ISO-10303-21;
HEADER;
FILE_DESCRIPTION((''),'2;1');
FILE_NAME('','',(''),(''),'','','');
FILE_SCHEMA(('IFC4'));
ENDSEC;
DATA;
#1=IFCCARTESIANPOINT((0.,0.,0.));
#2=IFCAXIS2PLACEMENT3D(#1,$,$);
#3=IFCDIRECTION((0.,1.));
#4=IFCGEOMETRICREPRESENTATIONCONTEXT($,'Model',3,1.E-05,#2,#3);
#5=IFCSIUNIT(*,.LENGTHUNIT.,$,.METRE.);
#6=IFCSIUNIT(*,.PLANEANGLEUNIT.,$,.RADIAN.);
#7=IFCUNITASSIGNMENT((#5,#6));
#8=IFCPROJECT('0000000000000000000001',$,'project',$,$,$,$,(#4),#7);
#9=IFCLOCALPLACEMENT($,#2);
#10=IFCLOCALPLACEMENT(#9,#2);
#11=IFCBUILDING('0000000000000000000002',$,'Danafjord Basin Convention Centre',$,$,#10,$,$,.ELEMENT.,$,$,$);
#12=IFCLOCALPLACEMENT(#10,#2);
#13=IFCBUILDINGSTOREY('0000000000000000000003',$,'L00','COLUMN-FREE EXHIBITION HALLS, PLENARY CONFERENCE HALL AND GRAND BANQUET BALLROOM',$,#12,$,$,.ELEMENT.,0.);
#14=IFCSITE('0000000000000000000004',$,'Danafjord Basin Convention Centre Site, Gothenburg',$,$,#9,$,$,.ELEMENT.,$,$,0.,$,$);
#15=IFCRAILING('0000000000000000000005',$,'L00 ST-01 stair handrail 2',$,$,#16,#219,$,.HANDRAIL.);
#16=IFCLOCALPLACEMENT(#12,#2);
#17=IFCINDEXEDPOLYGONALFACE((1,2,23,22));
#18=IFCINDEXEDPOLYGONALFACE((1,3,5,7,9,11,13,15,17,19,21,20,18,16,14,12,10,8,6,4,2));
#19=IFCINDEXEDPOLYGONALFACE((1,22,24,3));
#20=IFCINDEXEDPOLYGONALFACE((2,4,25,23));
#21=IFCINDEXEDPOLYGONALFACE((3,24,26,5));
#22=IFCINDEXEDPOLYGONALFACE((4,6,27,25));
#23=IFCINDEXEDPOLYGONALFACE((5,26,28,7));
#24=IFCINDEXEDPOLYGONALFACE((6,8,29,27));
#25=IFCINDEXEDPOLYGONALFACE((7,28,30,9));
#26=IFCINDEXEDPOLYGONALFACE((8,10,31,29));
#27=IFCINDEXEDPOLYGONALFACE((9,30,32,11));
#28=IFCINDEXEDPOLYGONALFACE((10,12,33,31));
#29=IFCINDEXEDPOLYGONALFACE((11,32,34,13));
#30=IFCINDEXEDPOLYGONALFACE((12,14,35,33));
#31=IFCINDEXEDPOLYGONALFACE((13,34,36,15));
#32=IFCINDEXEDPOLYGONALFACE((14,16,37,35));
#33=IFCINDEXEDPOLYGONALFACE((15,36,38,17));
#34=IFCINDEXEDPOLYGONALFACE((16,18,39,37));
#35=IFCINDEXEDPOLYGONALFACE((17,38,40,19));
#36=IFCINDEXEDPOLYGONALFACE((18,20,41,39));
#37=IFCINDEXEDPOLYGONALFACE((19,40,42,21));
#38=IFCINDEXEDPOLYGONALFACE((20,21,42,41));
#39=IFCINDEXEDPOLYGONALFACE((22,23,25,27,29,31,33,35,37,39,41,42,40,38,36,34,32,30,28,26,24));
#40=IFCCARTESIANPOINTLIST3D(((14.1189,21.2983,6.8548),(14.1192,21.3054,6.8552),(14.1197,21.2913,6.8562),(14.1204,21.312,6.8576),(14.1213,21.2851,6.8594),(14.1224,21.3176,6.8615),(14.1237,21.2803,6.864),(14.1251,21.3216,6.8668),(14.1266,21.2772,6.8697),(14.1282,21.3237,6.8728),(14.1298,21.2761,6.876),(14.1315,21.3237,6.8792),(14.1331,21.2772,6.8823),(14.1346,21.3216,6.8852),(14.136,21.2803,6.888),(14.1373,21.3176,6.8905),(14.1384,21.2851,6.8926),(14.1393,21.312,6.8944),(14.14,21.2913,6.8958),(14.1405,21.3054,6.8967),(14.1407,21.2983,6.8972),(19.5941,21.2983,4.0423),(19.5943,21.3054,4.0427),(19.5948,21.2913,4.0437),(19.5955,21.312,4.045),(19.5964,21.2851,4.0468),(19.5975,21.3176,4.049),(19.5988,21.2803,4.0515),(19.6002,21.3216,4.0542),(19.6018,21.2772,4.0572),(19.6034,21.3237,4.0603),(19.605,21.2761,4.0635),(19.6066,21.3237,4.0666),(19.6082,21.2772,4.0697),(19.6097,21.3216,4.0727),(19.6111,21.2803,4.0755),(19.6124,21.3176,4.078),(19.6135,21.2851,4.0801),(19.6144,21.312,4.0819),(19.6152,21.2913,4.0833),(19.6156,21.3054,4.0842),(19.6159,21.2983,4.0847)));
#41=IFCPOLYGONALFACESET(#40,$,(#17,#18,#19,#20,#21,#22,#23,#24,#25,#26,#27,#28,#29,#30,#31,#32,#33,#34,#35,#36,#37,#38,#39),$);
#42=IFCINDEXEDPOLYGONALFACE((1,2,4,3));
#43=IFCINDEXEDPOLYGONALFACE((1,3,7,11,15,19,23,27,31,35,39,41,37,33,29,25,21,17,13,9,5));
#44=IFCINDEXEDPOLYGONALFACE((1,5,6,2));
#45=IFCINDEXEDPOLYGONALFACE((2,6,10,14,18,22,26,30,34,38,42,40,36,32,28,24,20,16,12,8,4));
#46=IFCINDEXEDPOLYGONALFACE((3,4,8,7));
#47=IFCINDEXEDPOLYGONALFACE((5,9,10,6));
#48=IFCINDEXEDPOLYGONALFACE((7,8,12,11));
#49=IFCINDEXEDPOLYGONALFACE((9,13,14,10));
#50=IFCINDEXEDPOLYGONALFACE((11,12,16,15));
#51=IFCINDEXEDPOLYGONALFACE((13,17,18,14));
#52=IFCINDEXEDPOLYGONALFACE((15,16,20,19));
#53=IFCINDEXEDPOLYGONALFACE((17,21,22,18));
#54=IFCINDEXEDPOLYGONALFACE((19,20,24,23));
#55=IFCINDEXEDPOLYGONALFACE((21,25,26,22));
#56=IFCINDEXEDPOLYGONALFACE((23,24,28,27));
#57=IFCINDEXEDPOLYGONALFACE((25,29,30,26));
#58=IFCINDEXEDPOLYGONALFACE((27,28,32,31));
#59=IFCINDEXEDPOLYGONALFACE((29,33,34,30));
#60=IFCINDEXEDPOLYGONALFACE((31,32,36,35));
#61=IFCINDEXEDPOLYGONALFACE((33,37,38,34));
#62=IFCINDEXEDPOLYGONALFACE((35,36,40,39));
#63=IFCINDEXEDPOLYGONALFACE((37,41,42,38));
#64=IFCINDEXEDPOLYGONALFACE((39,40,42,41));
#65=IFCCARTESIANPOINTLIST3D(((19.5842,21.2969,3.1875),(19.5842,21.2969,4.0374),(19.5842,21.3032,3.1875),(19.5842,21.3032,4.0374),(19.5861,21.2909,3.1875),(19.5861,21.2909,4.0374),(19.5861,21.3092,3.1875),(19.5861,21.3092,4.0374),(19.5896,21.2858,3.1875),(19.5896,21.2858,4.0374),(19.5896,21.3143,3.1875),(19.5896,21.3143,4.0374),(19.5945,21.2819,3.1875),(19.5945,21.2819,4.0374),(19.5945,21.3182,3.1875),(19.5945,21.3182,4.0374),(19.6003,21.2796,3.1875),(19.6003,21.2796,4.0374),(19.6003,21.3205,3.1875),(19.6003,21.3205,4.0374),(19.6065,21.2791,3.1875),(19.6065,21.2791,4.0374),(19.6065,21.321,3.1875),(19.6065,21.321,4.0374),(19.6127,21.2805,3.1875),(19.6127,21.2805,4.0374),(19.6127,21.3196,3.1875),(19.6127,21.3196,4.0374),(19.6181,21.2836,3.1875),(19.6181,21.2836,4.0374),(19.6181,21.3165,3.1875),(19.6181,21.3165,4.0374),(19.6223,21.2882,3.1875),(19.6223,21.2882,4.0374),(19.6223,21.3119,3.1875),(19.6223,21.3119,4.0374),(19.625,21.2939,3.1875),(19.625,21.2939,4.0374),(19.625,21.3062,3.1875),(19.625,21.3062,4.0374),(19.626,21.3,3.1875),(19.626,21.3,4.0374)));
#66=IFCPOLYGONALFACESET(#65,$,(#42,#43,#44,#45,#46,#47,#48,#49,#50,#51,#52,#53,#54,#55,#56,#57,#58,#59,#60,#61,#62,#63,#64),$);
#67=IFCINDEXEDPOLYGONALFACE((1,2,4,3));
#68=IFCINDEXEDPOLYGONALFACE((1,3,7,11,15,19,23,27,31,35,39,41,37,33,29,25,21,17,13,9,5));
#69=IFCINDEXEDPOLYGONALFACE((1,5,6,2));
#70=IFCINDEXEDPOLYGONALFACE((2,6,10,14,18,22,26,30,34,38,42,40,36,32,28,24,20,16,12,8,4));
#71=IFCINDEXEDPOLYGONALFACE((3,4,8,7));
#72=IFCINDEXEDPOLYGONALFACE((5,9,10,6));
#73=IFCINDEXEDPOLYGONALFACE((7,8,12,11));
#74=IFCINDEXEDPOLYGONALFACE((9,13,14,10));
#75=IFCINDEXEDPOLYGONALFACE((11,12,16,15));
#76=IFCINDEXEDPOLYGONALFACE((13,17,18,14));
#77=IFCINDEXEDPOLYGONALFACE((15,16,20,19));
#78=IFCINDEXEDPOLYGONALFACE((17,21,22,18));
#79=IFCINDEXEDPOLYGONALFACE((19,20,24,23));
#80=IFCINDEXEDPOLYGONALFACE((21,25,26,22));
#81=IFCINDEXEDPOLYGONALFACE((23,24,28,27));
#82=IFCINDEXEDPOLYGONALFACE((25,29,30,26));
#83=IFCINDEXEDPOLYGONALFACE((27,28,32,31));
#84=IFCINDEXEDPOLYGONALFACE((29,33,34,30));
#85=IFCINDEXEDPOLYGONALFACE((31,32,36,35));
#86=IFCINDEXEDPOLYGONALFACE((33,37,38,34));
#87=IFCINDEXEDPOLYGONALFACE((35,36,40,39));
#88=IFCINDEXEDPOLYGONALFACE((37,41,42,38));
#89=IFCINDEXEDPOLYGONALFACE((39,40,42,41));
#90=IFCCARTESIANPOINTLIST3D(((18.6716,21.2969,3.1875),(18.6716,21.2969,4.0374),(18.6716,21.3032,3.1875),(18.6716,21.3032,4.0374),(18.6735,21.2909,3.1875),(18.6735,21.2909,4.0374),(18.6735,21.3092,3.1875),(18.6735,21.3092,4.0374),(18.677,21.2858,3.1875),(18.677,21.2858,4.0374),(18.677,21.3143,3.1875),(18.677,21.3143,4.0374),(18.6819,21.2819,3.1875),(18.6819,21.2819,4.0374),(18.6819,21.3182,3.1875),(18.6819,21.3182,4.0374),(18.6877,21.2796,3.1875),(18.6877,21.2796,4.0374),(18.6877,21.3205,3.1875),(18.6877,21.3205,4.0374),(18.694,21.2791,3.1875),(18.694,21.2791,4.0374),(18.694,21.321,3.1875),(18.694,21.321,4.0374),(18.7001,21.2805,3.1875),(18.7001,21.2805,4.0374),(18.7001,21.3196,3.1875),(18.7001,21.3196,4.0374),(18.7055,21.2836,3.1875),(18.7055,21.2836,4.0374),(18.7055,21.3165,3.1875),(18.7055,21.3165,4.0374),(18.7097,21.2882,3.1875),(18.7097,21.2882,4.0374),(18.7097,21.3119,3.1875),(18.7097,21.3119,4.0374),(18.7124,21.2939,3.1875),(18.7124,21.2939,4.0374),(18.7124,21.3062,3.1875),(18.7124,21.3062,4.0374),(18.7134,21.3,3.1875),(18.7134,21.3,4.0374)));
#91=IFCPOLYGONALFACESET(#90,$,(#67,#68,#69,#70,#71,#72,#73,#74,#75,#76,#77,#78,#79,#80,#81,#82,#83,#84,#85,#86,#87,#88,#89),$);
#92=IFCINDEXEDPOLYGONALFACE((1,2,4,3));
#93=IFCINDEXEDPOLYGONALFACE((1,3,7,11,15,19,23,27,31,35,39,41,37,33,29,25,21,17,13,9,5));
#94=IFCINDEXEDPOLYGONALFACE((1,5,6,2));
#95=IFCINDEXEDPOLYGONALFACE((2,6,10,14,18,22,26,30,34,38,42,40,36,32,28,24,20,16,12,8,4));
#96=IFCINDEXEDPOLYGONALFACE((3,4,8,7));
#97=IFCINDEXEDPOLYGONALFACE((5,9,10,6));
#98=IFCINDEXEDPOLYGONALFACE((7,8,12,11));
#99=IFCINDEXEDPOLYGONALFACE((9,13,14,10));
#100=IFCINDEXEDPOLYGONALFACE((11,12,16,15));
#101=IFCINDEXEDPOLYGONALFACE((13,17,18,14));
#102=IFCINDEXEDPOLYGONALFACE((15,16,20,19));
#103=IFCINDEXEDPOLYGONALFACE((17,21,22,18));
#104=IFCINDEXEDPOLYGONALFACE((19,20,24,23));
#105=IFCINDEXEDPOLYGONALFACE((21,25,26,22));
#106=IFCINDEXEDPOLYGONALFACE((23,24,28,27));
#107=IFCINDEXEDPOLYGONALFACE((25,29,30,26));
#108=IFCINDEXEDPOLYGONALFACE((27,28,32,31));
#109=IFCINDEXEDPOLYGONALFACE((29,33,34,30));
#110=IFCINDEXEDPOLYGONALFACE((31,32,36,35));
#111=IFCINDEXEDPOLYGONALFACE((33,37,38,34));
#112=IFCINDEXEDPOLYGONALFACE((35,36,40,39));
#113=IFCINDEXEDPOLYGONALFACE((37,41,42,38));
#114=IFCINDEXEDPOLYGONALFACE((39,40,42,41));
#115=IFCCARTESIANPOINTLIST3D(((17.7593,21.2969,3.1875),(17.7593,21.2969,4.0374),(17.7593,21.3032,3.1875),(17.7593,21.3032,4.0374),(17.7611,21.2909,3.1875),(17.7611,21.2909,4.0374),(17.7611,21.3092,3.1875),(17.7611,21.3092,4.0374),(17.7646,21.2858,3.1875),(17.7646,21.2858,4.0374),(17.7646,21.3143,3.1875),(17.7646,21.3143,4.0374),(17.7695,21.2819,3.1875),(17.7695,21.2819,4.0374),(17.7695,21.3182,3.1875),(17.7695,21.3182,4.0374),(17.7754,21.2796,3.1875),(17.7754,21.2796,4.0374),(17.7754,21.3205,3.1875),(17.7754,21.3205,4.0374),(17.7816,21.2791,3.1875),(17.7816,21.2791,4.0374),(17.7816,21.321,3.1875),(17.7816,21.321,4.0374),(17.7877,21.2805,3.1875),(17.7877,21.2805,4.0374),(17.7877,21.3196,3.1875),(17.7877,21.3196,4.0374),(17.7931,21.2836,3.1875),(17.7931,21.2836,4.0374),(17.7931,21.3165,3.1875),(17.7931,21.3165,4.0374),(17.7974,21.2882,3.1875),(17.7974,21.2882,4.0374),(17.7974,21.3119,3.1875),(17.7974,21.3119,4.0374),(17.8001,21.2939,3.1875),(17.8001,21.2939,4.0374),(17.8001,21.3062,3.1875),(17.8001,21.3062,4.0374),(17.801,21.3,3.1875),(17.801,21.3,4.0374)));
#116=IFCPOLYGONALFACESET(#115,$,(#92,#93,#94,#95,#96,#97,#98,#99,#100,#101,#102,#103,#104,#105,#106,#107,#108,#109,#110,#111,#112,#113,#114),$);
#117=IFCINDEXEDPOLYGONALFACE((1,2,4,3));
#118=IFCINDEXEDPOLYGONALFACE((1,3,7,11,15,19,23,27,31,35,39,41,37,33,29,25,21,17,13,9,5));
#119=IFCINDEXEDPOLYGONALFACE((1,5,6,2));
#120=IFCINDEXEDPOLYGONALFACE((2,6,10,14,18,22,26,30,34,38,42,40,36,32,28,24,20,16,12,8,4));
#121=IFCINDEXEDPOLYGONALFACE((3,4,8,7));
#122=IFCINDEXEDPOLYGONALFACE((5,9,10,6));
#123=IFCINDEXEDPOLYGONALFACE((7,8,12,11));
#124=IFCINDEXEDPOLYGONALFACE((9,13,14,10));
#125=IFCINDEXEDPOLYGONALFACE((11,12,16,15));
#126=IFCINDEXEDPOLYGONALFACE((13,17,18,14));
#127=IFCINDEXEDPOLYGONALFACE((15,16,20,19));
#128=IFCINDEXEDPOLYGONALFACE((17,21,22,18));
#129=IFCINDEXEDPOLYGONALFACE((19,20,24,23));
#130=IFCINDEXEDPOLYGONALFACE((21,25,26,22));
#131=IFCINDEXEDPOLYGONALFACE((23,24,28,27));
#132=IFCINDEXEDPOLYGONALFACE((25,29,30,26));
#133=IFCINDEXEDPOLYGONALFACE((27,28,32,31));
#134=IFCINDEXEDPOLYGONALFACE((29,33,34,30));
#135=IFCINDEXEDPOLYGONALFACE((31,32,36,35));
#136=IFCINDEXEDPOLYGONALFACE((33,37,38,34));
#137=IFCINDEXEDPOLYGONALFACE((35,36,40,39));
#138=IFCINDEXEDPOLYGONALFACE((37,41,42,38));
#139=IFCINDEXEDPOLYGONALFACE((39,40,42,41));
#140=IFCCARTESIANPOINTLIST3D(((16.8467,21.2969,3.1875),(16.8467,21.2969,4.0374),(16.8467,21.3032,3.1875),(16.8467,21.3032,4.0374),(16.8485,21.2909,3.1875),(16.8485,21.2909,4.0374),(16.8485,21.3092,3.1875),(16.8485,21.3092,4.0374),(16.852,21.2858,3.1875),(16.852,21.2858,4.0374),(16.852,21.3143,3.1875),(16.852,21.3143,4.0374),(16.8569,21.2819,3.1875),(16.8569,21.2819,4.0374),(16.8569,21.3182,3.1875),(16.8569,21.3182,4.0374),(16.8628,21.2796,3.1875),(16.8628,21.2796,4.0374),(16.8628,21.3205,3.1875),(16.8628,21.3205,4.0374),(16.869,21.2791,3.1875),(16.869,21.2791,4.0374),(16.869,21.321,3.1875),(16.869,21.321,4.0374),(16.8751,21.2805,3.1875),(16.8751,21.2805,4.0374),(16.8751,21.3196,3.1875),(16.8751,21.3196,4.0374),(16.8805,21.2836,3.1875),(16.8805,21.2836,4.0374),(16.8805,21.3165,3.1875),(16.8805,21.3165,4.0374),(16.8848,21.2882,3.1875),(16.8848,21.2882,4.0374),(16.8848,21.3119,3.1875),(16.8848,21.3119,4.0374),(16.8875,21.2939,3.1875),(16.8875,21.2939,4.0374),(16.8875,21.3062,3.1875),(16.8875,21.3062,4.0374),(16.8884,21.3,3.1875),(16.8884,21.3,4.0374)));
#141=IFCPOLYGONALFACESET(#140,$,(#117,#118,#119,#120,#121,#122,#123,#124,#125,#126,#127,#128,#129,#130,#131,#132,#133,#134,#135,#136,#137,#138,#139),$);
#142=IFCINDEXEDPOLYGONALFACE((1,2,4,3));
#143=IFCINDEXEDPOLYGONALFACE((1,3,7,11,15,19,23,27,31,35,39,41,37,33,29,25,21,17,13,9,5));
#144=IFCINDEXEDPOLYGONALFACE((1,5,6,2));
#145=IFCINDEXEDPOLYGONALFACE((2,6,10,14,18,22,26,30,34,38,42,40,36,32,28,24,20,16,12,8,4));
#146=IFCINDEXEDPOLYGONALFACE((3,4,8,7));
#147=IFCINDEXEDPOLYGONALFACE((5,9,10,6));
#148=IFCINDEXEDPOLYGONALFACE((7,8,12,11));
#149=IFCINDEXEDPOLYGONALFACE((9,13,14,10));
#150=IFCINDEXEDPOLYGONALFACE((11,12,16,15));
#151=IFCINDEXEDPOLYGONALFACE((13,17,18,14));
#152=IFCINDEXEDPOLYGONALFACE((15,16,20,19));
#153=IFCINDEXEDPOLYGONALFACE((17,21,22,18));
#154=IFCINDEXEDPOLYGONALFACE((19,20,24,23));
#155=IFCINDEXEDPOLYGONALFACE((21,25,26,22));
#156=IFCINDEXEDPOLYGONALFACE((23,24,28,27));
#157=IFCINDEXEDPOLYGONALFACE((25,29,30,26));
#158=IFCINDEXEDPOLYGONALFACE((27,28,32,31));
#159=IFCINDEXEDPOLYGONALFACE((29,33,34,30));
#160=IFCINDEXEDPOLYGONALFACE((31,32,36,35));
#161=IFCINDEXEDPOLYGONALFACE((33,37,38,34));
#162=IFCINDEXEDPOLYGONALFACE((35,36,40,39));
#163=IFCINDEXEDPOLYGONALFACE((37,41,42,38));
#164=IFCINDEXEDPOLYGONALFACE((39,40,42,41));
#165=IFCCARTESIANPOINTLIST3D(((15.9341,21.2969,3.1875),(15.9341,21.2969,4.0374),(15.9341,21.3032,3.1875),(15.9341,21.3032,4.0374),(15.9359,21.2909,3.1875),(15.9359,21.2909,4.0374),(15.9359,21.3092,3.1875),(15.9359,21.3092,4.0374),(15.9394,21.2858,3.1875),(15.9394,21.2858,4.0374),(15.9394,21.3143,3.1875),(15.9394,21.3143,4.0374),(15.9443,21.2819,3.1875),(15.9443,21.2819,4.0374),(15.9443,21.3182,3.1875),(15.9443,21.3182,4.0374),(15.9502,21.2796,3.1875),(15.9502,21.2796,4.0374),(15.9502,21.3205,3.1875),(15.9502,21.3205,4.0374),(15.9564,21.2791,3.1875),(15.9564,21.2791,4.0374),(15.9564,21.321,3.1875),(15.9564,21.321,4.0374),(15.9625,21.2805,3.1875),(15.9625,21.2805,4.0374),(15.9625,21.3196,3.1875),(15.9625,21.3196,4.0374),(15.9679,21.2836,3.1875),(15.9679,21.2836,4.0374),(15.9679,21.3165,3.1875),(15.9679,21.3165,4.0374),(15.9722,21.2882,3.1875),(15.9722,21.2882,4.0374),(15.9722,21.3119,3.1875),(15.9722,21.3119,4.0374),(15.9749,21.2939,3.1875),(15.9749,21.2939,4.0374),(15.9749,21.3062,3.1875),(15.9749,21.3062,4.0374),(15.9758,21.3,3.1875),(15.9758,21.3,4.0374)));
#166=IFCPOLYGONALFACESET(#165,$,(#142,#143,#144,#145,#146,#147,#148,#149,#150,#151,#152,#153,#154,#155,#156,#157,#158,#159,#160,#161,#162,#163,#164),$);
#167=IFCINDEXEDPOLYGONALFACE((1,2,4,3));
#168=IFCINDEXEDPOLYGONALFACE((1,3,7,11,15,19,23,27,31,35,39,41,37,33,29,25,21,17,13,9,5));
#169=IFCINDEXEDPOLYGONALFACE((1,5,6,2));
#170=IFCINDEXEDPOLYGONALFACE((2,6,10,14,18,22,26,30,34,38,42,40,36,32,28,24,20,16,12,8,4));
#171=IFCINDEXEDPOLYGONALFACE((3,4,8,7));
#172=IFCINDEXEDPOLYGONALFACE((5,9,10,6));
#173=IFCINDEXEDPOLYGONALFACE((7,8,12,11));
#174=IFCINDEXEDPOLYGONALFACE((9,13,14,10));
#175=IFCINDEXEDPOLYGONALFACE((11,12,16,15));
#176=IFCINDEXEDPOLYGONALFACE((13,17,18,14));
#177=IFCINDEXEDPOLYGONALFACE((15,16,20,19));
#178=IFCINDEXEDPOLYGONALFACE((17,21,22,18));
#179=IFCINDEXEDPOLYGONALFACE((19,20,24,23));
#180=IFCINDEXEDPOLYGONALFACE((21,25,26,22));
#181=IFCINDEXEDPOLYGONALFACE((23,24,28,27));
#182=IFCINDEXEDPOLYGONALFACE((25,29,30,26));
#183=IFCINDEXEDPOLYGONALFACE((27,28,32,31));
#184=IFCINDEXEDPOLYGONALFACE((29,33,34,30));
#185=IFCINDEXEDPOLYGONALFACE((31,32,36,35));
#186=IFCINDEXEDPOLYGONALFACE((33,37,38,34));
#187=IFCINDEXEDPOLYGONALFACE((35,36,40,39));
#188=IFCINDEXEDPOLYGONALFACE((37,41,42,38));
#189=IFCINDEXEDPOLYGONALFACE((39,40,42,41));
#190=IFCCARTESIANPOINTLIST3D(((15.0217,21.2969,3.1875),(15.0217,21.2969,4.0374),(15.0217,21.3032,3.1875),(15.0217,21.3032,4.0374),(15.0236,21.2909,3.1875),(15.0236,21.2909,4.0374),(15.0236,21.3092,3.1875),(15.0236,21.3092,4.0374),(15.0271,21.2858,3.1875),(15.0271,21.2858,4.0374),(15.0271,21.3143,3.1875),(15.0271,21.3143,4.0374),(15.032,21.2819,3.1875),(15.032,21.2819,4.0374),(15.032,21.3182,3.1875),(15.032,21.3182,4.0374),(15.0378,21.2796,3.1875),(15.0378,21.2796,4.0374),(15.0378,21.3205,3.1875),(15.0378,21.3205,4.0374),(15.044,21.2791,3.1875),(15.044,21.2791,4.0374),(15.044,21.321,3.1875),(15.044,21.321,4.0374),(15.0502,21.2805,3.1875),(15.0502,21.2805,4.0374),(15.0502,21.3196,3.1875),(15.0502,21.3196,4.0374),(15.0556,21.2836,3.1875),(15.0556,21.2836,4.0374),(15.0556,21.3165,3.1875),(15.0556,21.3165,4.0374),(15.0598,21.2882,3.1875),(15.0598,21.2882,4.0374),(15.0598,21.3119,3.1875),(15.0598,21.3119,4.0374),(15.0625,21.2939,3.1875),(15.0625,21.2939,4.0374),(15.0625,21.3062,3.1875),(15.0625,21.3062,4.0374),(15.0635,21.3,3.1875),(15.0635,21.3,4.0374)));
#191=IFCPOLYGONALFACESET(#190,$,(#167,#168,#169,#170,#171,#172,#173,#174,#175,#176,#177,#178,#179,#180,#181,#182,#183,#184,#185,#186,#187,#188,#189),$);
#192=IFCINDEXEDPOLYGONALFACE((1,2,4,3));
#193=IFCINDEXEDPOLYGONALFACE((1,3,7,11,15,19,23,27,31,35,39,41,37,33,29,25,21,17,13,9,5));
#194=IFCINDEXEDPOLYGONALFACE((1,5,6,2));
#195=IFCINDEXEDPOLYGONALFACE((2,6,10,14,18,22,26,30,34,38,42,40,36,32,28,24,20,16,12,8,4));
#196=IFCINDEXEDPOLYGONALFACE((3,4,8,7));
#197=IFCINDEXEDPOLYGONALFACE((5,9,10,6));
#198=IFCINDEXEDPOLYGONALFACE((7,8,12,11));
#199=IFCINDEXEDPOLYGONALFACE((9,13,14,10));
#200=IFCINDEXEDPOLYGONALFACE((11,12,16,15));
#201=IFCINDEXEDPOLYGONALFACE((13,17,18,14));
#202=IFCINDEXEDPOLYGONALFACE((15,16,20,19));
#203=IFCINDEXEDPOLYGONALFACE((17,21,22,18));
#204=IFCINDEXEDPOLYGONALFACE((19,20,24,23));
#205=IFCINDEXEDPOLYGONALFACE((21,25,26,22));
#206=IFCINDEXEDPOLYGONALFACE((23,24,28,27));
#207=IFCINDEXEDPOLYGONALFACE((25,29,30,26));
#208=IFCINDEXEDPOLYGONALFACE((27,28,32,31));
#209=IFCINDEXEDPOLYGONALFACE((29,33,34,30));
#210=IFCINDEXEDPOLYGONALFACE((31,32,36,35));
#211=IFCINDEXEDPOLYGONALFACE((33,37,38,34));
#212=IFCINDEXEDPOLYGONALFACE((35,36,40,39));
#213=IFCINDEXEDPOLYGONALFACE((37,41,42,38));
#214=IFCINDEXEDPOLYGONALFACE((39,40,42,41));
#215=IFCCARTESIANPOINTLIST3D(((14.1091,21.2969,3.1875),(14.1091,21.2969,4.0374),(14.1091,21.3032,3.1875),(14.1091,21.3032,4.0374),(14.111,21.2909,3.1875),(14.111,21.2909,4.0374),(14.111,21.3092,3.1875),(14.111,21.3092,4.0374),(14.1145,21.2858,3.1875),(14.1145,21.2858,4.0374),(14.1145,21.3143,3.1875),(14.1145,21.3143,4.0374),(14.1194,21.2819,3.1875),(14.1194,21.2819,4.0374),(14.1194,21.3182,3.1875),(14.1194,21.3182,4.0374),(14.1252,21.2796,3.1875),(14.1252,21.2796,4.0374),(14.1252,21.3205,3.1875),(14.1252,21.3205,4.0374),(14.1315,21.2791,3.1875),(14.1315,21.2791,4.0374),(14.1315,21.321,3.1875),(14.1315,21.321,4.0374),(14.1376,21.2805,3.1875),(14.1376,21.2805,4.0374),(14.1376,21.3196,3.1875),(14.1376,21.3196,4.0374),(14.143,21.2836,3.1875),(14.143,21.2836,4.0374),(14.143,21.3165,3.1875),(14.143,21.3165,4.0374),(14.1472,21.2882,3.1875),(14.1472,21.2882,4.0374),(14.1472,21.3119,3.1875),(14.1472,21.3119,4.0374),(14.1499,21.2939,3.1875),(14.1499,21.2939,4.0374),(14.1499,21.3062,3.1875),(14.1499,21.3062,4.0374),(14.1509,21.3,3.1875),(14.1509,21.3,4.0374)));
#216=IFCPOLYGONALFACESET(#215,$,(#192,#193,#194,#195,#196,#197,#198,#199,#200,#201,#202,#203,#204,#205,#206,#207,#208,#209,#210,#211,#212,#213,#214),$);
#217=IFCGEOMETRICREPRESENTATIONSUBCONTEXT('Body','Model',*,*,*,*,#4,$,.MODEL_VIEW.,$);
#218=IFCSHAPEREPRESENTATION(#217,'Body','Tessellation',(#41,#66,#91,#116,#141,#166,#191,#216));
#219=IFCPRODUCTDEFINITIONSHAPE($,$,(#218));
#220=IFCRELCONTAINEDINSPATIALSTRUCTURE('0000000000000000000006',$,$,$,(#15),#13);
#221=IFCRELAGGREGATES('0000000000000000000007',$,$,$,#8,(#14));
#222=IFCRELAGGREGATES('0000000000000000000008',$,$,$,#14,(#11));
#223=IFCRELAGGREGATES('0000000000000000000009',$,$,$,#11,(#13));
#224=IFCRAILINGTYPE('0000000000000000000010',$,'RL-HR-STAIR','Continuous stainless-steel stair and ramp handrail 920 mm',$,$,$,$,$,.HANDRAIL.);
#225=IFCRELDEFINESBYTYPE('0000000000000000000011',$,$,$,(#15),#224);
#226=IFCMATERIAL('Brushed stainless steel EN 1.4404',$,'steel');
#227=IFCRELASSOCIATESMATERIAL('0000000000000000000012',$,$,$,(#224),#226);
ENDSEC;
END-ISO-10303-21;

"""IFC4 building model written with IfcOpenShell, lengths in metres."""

from ifc_helpers import new_model, si_unit, direction, frame, origin, origin_2d, place, context, subcontext, project, spatial, circle, extrude, material, type_object, element, save


model = new_model("IFC4")

# Units and contexts
model_context = context("Model", 3, precision=1e-05, world=origin(), true_north=direction((0.0, 1.0)))
body_context = subcontext(model_context, "Body", "Model", "MODEL_VIEW")
ifc_project = project(units=[si_unit("LENGTHUNIT", "METRE"), si_unit("PLANEANGLEUNIT", "RADIAN")], contexts=[model_context])

# Site, building, storey
site_placement = place(None, origin())
site = spatial("IfcSite", under=ifc_project, at=site_placement, Name="Danafjord Basin Convention Centre Site, Gothenburg", CompositionType="ELEMENT", RefElevation=0.0)
building_placement = place(site_placement, origin())
building = spatial("IfcBuilding", under=site, at=building_placement, Name="Danafjord Basin Convention Centre", CompositionType="ELEMENT")
storey_placement = place(building_placement, origin())
storey = spatial("IfcBuildingStorey", under=building, at=storey_placement, Name="L00", Description="COLUMN-FREE EXHIBITION HALLS, PLENARY CONFERENCE HALL AND GRAND BANQUET BALLROOM", CompositionType="ELEMENT", Elevation=0.0)

# Railing
ifc_material_1 = material(Name="Brushed stainless steel EN 1.4404", Category="steel")
railing_type_1 = type_object("IfcRailingType", Name="RL-HR-STAIR", Description="Continuous stainless-steel stair and ramp handrail 920 mm", PredefinedType="HANDRAIL", material=ifc_material_1)
railing_1_placement = place(storey_placement, frame((19.605, 21.3, 3.1875)))
element("IfcRailing", 1, at=railing_1_placement, inside=storey, type_object=railing_type_1, Name="L00 ST-01 stair handrail 2", PredefinedType="HANDRAIL", context=body_context, shape_type="SweptSolid", body=[
    extrude(circle(Radius=0.0239, at=origin_2d()), frame((0.0, 0.0, 0.876), z_axis=(-0.889503, 0.0, 0.456929), x_axis=(0.0, -1.0, 0.0)), (0.0, 0.0, 1.0), 6.1553),
    extrude(circle(Radius=0.021, at=origin_2d()), origin(), (0.0, 0.0, 1.0), 0.8499),
    extrude(circle(Radius=0.021, at=origin_2d()), frame((-0.9126, 0.0, 0.0)), (0.0, 0.0, 1.0), 0.8499),
    extrude(circle(Radius=0.021, at=origin_2d()), frame((-1.825, 0.0, 0.0)), (0.0, 0.0, 1.0), 0.8499),
    extrude(circle(Radius=0.021, at=origin_2d()), frame((-2.7375, 0.0, 0.0)), (0.0, 0.0, 1.0), 0.8499),
    extrude(circle(Radius=0.021, at=origin_2d()), frame((-3.6501, 0.0, 0.0)), (0.0, 0.0, 1.0), 0.8499),
    extrude(circle(Radius=0.021, at=origin_2d()), frame((-4.5625, 0.0, 0.0)), (0.0, 0.0, 1.0), 0.8499),
    extrude(circle(Radius=0.021, at=origin_2d()), frame((-5.4751, 0.0, 0.0)), (0.0, 0.0, 1.0), 0.8499),
])

save(model, "model.ifc")
